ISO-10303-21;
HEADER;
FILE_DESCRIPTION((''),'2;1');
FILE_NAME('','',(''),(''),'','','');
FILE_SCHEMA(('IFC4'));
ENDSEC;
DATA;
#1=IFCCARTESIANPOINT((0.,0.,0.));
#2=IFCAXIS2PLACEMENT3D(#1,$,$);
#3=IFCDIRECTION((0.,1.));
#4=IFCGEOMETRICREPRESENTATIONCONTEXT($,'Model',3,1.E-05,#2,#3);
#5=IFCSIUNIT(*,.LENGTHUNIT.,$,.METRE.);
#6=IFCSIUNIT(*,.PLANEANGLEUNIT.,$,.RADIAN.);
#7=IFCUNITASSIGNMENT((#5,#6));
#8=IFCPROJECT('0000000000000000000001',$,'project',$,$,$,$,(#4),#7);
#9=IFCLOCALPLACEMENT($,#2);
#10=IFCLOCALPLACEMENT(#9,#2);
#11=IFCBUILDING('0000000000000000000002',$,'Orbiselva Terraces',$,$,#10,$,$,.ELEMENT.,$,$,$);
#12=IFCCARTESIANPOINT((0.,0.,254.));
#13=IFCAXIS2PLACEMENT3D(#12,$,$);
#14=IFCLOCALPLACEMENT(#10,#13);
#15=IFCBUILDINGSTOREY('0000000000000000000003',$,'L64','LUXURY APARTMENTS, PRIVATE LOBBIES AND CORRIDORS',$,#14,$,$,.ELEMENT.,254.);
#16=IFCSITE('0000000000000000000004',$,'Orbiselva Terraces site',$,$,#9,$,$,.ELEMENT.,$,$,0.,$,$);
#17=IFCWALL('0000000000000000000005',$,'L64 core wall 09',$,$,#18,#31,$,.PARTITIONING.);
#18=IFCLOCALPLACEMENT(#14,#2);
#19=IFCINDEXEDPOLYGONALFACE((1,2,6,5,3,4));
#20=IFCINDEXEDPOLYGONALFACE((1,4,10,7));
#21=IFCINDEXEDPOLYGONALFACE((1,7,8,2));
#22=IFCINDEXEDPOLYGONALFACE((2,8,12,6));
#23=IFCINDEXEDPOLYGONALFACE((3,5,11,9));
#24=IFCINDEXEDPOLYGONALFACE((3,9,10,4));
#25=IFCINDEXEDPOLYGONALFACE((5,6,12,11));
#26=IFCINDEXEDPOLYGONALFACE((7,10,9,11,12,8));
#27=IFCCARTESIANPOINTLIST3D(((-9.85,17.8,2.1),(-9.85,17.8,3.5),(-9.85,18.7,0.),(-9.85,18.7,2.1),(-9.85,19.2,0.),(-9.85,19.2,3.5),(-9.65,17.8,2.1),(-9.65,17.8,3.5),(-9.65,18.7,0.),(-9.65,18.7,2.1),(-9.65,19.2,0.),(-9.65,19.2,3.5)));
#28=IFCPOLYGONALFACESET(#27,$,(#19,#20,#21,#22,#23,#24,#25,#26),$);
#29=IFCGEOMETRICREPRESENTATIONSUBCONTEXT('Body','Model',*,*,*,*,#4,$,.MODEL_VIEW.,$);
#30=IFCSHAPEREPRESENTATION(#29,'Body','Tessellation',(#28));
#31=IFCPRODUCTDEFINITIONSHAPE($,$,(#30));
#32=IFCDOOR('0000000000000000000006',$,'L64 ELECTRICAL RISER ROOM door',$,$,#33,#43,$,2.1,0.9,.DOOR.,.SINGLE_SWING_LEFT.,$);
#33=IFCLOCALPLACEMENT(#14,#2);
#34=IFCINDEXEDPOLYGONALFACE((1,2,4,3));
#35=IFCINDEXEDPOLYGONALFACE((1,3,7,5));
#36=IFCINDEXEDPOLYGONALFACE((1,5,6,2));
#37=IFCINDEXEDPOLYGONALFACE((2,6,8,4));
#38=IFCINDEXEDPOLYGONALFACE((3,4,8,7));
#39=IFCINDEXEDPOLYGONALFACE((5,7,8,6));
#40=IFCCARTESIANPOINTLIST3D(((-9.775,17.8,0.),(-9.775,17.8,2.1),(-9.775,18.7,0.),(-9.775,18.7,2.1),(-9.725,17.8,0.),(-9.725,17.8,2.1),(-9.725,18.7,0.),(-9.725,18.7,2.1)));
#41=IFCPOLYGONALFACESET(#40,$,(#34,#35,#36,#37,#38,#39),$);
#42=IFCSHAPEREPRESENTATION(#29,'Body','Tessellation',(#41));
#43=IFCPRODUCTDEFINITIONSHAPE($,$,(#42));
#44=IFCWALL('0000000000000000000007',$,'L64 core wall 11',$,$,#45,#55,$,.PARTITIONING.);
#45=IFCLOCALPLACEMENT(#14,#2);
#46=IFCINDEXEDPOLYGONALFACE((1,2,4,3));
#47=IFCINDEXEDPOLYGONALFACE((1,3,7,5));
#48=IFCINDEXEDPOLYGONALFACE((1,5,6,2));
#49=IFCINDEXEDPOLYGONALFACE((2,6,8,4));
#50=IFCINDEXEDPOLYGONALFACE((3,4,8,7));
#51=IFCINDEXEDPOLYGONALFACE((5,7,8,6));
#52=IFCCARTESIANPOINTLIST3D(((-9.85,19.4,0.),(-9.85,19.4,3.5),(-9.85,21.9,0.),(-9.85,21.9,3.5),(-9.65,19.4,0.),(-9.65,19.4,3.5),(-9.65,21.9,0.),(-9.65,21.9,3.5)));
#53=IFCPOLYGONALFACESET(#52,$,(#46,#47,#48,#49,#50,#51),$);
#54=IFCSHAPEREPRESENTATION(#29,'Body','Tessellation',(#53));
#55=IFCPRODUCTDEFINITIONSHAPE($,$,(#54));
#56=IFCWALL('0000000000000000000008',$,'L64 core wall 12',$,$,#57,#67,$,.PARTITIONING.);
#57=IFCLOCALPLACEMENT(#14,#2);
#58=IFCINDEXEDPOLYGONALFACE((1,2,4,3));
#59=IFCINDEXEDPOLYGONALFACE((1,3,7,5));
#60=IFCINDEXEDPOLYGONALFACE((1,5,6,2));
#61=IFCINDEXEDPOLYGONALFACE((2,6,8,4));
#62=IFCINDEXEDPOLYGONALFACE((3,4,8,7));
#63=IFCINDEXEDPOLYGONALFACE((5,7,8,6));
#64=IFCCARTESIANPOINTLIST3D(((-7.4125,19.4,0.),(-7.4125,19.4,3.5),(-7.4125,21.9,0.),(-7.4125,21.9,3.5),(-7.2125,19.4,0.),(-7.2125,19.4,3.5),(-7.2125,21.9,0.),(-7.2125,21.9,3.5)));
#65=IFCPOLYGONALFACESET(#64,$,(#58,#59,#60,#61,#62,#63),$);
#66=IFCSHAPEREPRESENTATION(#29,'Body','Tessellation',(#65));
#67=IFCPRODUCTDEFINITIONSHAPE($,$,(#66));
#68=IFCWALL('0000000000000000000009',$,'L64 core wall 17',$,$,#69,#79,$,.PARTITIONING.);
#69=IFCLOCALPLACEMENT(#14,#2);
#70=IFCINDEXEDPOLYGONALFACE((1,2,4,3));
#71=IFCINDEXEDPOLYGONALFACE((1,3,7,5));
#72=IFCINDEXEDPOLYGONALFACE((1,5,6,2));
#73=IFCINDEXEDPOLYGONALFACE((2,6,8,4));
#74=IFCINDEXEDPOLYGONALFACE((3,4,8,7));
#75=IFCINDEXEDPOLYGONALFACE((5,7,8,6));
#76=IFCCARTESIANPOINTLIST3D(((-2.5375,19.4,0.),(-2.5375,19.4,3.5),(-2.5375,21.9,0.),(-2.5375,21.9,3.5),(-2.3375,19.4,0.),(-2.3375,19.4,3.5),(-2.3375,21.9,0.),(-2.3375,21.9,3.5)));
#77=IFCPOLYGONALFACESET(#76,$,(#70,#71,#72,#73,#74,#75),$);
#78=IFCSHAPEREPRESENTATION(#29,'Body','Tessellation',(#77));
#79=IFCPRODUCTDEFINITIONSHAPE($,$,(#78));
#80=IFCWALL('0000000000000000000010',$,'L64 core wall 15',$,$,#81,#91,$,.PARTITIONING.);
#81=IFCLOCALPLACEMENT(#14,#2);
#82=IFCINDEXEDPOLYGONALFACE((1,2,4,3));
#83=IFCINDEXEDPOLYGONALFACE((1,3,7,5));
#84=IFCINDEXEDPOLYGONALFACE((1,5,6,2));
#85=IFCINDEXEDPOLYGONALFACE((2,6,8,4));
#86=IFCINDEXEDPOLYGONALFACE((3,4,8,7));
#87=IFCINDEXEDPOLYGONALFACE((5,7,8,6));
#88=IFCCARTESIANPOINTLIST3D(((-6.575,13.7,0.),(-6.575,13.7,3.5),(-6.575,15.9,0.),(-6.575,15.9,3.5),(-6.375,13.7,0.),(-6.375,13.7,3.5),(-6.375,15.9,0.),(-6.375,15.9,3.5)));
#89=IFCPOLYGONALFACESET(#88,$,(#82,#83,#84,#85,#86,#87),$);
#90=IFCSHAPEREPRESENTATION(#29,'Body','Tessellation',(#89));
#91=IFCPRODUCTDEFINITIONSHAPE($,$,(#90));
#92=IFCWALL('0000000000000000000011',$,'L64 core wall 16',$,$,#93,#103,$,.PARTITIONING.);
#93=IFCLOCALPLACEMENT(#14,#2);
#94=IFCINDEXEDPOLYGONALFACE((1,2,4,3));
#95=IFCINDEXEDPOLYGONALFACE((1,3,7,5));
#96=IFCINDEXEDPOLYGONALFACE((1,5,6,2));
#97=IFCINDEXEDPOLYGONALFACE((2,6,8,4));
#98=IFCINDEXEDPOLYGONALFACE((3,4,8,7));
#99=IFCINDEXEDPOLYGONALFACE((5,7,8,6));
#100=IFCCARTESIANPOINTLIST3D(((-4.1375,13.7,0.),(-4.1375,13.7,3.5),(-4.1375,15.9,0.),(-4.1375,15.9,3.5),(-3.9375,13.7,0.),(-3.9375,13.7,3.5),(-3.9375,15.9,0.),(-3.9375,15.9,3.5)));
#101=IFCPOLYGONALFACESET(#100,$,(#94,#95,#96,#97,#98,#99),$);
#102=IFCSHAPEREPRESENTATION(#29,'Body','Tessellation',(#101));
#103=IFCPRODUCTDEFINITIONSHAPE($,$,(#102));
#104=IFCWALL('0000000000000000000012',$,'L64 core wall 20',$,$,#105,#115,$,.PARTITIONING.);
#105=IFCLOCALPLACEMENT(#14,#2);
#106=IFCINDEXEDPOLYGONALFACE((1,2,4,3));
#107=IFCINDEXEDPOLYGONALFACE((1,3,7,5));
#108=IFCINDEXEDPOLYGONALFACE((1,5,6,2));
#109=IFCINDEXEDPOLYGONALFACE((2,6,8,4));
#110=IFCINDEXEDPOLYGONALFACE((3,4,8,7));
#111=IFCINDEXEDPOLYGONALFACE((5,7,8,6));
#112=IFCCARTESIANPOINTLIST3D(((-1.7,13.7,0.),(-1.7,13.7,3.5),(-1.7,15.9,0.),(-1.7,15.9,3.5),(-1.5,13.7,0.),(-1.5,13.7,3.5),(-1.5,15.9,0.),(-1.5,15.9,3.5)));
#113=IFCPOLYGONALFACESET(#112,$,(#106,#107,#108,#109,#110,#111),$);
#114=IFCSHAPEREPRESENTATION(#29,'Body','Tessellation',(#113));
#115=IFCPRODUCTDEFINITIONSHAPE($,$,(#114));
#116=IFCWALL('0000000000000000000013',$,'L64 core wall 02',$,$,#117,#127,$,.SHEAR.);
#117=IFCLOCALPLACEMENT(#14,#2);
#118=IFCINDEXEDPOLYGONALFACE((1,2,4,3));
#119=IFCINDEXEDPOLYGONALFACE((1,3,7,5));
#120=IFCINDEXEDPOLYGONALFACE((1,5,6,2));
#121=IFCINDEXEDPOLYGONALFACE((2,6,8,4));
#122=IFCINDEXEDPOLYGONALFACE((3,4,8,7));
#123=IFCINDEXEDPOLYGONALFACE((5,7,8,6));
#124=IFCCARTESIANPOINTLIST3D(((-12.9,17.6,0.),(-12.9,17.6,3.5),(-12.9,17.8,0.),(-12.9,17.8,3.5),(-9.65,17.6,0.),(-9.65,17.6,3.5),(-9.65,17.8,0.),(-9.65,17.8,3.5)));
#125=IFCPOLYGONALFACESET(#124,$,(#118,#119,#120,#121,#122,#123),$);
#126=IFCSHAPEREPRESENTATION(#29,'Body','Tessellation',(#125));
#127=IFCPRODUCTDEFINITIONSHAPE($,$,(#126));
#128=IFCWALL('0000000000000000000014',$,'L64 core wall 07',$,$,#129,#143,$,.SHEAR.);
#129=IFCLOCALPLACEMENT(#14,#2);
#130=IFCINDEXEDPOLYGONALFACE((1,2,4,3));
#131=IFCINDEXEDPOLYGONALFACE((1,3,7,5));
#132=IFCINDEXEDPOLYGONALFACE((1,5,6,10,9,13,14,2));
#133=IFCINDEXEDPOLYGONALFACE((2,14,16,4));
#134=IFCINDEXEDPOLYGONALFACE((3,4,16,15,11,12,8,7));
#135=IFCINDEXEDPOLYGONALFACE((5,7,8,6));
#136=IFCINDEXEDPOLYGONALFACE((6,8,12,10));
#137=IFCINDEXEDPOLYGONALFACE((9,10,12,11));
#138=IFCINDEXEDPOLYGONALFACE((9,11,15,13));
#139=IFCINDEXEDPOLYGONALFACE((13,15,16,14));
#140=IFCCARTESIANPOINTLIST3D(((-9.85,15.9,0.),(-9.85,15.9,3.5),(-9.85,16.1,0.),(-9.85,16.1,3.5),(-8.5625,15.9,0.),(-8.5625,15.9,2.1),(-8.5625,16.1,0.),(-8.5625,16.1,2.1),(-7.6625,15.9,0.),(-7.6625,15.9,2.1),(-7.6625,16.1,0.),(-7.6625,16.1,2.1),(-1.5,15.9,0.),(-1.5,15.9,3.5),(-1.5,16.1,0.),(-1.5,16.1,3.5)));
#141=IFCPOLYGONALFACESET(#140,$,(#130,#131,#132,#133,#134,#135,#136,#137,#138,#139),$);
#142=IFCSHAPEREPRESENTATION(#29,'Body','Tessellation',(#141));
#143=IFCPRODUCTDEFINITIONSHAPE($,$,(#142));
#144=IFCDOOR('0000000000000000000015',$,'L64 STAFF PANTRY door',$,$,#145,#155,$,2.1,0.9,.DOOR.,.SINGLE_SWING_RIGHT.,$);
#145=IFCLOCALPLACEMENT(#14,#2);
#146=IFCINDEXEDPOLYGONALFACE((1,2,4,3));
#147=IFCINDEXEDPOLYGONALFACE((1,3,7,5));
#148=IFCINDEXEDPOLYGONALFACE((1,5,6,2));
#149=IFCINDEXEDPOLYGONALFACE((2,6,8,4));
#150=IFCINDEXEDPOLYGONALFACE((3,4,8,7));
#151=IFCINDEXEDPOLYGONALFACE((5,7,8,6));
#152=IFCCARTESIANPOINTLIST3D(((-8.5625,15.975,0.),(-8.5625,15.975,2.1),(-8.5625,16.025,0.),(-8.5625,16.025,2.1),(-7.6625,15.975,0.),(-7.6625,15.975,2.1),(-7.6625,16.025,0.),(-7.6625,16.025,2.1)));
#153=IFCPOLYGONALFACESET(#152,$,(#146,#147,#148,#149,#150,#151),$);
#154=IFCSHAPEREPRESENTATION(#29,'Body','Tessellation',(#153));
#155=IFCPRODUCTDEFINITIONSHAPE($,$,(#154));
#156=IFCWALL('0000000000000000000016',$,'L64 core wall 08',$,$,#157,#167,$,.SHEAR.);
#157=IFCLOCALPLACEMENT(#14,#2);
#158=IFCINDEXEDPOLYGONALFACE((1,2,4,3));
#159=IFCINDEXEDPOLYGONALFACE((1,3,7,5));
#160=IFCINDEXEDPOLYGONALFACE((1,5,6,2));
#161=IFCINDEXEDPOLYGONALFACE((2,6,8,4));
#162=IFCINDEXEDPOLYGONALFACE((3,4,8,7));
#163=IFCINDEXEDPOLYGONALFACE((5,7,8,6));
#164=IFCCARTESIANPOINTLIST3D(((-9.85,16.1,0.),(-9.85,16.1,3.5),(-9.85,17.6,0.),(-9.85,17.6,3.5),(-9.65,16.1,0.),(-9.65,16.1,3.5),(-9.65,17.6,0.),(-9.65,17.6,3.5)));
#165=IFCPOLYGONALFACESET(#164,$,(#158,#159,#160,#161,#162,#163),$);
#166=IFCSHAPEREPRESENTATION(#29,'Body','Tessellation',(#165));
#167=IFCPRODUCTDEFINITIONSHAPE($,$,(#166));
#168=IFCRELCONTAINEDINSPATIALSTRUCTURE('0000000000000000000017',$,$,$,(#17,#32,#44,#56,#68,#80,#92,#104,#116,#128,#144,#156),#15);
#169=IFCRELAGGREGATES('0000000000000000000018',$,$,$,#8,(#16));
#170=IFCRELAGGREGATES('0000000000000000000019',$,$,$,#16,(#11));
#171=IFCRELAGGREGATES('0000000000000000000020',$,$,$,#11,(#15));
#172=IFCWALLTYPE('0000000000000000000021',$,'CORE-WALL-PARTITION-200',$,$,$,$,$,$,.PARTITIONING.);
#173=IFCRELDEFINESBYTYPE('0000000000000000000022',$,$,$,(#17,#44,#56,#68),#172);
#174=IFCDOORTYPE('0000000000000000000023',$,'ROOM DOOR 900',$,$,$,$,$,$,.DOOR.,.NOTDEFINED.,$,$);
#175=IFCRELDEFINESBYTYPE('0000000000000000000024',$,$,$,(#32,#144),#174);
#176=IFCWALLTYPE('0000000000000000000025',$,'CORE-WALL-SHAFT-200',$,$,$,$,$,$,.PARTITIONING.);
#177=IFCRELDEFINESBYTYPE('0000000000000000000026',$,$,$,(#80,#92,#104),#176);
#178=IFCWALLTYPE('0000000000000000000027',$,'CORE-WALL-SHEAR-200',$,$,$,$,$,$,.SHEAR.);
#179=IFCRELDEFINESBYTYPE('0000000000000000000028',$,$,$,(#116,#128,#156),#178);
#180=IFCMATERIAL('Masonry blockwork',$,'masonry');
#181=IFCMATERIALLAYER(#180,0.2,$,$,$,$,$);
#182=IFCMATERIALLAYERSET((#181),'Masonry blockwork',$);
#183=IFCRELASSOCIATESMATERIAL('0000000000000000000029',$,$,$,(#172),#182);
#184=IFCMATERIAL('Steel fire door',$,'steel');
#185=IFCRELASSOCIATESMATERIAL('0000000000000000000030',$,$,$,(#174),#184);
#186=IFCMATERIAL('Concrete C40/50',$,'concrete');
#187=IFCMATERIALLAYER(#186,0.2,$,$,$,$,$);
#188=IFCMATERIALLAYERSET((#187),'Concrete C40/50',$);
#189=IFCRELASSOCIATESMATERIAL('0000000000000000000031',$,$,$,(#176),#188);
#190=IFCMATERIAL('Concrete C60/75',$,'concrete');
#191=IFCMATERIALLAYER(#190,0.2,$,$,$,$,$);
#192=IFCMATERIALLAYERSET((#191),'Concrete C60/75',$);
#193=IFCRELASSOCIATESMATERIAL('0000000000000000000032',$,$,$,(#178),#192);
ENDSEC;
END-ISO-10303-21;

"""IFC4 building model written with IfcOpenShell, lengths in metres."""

from ifc_helpers import new_model, si_unit, direction, frame, frame_2d, origin, place, context, subcontext, project, spatial, rectangle, extrude, material, layer, layer_set, type_object, element, fill, save


model = new_model("IFC4")

# Units and contexts
model_context = context("Model", 3, precision=1e-05, world=origin(), true_north=direction((0.0, 1.0)))
body_context = subcontext(model_context, "Body", "Model", "MODEL_VIEW")
ifc_project = project(units=[si_unit("LENGTHUNIT", "METRE"), si_unit("PLANEANGLEUNIT", "RADIAN")], contexts=[model_context])

# Site, building, storey
site_placement = place(None, origin())
site = spatial("IfcSite", under=ifc_project, at=site_placement, Name="Orbiselva Terraces site", CompositionType="ELEMENT", RefElevation=0.0)
building_placement = place(site_placement, origin())
building = spatial("IfcBuilding", under=site, at=building_placement, Name="Orbiselva Terraces", CompositionType="ELEMENT")
storey_placement = place(building_placement, frame((0.0, 0.0, 254.0)))
storey = spatial("IfcBuildingStorey", under=building, at=storey_placement, Name="L64", Description="LUXURY APARTMENTS, PRIVATE LOBBIES AND CORRIDORS", CompositionType="ELEMENT", Elevation=254.0)

# Wall, opening, door
ifc_material_1 = material(Name="Masonry blockwork", Category="masonry")
ifc_layer_1 = layer(ifc_material_1, 0.2)
ifc_layer_set_1 = layer_set([ifc_layer_1], Name="Masonry blockwork")
wall_type_1 = type_object("IfcWallType", Name="CORE-WALL-PARTITION-200", PredefinedType="PARTITIONING", material=ifc_layer_set_1)
wall_1_placement = place(storey_placement, frame((-9.75, 17.8, 0.0), z_axis=(0.0, 0.0, 1.0), x_axis=(0.0, 1.0, 0.0)))
wall_1 = element("IfcWall", 1, at=wall_1_placement, inside=storey, type_object=wall_type_1, Name="L64 core wall 09", PredefinedType="PARTITIONING", context=body_context, shape_type="SweptSolid", body=[
    extrude(rectangle(XDim=1.4, YDim=0.2, at=frame_2d((0.7, 0.0))), origin(), (0.0, 0.0, 1.0), 3.5),
])
opening_1_placement = place(wall_1_placement, origin())
opening_1 = element("IfcOpeningElement", 2, at=opening_1_placement, cuts=wall_1, PredefinedType="OPENING", context=body_context, shape_type="SweptSolid", body=[
    extrude(rectangle(XDim=0.9, YDim=2.1, at=frame_2d((0.45, 1.05))), frame((0.0, 0.11, 0.0), z_axis=(0.0, -1.0, 0.0), x_axis=(1.0, 0.0, 0.0)), (0.0, 0.0, 1.0), 0.22),
])
ifc_material_2 = material(Name="Steel fire door", Category="steel")
door_type_1 = type_object("IfcDoorType", Name="ROOM DOOR 900", OperationType="NOTDEFINED", PredefinedType="DOOR", material=ifc_material_2)
door_1_placement = place(opening_1_placement, origin())
door_1 = element("IfcDoor", 3, at=door_1_placement, inside=storey, type_object=door_type_1, Name="L64 ELECTRICAL RISER ROOM door", OperationType="SINGLE_SWING_LEFT", OverallHeight=2.1, OverallWidth=0.9, PredefinedType="DOOR", context=body_context, shape_type="SweptSolid", body=[
    extrude(rectangle(XDim=0.9, YDim=2.1, at=frame_2d((0.45, 1.05))), frame((0.0, 0.025, 0.0), z_axis=(0.0, -1.0, 0.0), x_axis=(1.0, 0.0, 0.0)), (0.0, 0.0, 1.0), 0.05),
])
fill(opening_1, door_1)

# Walls
for number, where, z_axis, x_axis, name in (
    (4, (-9.75, 19.4, 0.0), (0.0, 0.0, 1.0), (0.0, 1.0, 0.0), "L64 core wall 11"),
    (5, (-7.3125, 19.4, 0.0), (0.0, 0.0, 1.0), (0.0, 1.0, 0.0), "L64 core wall 12"),
    (6, (-2.4375, 19.4, 0.0), (0.0, 0.0, 1.0), (0.0, 1.0, 0.0), "L64 core wall 17"),
):
    element("IfcWall", number, at=place(storey_placement, frame(where, z_axis=z_axis, x_axis=x_axis)), inside=storey, type_object=wall_type_1, Name=name, PredefinedType="PARTITIONING", context=body_context, shape_type="SweptSolid", body=[
        extrude(rectangle(XDim=2.5, YDim=0.2, at=frame_2d((1.25, 0.0))), origin(), (0.0, 0.0, 1.0), 3.5),
    ])
ifc_material_3 = material(Name="Concrete C40/50", Category="concrete")
ifc_layer_2 = layer(ifc_material_3, 0.2)
ifc_layer_set_2 = layer_set([ifc_layer_2], Name="Concrete C40/50")
wall_type_2 = type_object("IfcWallType", Name="CORE-WALL-SHAFT-200", PredefinedType="PARTITIONING", material=ifc_layer_set_2)
for number, where, z_axis, x_axis, name in (
    (7, (-6.475, 13.7, 0.0), (0.0, 0.0, 1.0), (0.0, 1.0, 0.0), "L64 core wall 15"),
    (8, (-4.0375, 13.7, 0.0), (0.0, 0.0, 1.0), (0.0, 1.0, 0.0), "L64 core wall 16"),
    (9, (-1.6, 13.7, 0.0), (0.0, 0.0, 1.0), (0.0, 1.0, 0.0), "L64 core wall 20"),
):
    element("IfcWall", number, at=place(storey_placement, frame(where, z_axis=z_axis, x_axis=x_axis)), inside=storey, type_object=wall_type_2, Name=name, PredefinedType="PARTITIONING", context=body_context, shape_type="SweptSolid", body=[
        extrude(rectangle(XDim=2.2, YDim=0.2, at=frame_2d((1.1, 0.0))), origin(), (0.0, 0.0, 1.0), 3.5),
    ])
ifc_material_4 = material(Name="Concrete C60/75", Category="concrete")
ifc_layer_3 = layer(ifc_material_4, 0.2)
ifc_layer_set_3 = layer_set([ifc_layer_3], Name="Concrete C60/75")
wall_type_3 = type_object("IfcWallType", Name="CORE-WALL-SHEAR-200", PredefinedType="SHEAR", material=ifc_layer_set_3)
wall_2_placement = place(storey_placement, frame((-12.9, 17.7, 0.0), z_axis=(0.0, 0.0, 1.0), x_axis=(1.0, 0.0, 0.0)))
element("IfcWall", 10, at=wall_2_placement, inside=storey, type_object=wall_type_3, Name="L64 core wall 02", PredefinedType="SHEAR", context=body_context, shape_type="SweptSolid", body=[
    extrude(rectangle(XDim=3.25, YDim=0.2, at=frame_2d((1.625, 0.0))), origin(), (0.0, 0.0, 1.0), 3.5),
])

# Wall, opening, door
wall_3_placement = place(storey_placement, frame((-1.5, 16.0, 0.0), z_axis=(0.0, 0.0, 1.0), x_axis=(-1.0, 0.0, 0.0)))
wall_3 = element("IfcWall", 11, at=wall_3_placement, inside=storey, type_object=wall_type_3, Name="L64 core wall 07", PredefinedType="SHEAR", context=body_context, shape_type="SweptSolid", body=[
    extrude(rectangle(XDim=8.35, YDim=0.2, at=frame_2d((4.175, 0.0))), origin(), (0.0, 0.0, 1.0), 3.5),
])
opening_2_placement = place(wall_3_placement, frame((6.1625, 0.0, 0.0)))
opening_2 = element("IfcOpeningElement", 12, at=opening_2_placement, cuts=wall_3, PredefinedType="OPENING", context=body_context, shape_type="SweptSolid", body=[
    extrude(rectangle(XDim=0.9, YDim=2.1, at=frame_2d((0.45, 1.05))), frame((0.0, 0.11, 0.0), z_axis=(0.0, -1.0, 0.0), x_axis=(1.0, 0.0, 0.0)), (0.0, 0.0, 1.0), 0.22),
])
door_2_placement = place(opening_2_placement, origin())
door_2 = element("IfcDoor", 13, at=door_2_placement, inside=storey, type_object=door_type_1, Name="L64 STAFF PANTRY door", OperationType="SINGLE_SWING_RIGHT", OverallHeight=2.1, OverallWidth=0.9, PredefinedType="DOOR", context=body_context, shape_type="SweptSolid", body=[
    extrude(rectangle(XDim=0.9, YDim=2.1, at=frame_2d((0.45, 1.05))), frame((0.0, 0.025, 0.0), z_axis=(0.0, -1.0, 0.0), x_axis=(1.0, 0.0, 0.0)), (0.0, 0.0, 1.0), 0.05),
])
fill(opening_2, door_2)

# Wall
wall_4_placement = place(storey_placement, frame((-9.75, 16.1, 0.0), z_axis=(0.0, 0.0, 1.0), x_axis=(0.0, 1.0, 0.0)))
element("IfcWall", 14, at=wall_4_placement, inside=storey, type_object=wall_type_3, Name="L64 core wall 08", PredefinedType="SHEAR", context=body_context, shape_type="SweptSolid", body=[
    extrude(rectangle(XDim=1.5, YDim=0.2, at=frame_2d((0.75, 0.0))), origin(), (0.0, 0.0, 1.0), 3.5),
])

save(model, "model.ifc")
